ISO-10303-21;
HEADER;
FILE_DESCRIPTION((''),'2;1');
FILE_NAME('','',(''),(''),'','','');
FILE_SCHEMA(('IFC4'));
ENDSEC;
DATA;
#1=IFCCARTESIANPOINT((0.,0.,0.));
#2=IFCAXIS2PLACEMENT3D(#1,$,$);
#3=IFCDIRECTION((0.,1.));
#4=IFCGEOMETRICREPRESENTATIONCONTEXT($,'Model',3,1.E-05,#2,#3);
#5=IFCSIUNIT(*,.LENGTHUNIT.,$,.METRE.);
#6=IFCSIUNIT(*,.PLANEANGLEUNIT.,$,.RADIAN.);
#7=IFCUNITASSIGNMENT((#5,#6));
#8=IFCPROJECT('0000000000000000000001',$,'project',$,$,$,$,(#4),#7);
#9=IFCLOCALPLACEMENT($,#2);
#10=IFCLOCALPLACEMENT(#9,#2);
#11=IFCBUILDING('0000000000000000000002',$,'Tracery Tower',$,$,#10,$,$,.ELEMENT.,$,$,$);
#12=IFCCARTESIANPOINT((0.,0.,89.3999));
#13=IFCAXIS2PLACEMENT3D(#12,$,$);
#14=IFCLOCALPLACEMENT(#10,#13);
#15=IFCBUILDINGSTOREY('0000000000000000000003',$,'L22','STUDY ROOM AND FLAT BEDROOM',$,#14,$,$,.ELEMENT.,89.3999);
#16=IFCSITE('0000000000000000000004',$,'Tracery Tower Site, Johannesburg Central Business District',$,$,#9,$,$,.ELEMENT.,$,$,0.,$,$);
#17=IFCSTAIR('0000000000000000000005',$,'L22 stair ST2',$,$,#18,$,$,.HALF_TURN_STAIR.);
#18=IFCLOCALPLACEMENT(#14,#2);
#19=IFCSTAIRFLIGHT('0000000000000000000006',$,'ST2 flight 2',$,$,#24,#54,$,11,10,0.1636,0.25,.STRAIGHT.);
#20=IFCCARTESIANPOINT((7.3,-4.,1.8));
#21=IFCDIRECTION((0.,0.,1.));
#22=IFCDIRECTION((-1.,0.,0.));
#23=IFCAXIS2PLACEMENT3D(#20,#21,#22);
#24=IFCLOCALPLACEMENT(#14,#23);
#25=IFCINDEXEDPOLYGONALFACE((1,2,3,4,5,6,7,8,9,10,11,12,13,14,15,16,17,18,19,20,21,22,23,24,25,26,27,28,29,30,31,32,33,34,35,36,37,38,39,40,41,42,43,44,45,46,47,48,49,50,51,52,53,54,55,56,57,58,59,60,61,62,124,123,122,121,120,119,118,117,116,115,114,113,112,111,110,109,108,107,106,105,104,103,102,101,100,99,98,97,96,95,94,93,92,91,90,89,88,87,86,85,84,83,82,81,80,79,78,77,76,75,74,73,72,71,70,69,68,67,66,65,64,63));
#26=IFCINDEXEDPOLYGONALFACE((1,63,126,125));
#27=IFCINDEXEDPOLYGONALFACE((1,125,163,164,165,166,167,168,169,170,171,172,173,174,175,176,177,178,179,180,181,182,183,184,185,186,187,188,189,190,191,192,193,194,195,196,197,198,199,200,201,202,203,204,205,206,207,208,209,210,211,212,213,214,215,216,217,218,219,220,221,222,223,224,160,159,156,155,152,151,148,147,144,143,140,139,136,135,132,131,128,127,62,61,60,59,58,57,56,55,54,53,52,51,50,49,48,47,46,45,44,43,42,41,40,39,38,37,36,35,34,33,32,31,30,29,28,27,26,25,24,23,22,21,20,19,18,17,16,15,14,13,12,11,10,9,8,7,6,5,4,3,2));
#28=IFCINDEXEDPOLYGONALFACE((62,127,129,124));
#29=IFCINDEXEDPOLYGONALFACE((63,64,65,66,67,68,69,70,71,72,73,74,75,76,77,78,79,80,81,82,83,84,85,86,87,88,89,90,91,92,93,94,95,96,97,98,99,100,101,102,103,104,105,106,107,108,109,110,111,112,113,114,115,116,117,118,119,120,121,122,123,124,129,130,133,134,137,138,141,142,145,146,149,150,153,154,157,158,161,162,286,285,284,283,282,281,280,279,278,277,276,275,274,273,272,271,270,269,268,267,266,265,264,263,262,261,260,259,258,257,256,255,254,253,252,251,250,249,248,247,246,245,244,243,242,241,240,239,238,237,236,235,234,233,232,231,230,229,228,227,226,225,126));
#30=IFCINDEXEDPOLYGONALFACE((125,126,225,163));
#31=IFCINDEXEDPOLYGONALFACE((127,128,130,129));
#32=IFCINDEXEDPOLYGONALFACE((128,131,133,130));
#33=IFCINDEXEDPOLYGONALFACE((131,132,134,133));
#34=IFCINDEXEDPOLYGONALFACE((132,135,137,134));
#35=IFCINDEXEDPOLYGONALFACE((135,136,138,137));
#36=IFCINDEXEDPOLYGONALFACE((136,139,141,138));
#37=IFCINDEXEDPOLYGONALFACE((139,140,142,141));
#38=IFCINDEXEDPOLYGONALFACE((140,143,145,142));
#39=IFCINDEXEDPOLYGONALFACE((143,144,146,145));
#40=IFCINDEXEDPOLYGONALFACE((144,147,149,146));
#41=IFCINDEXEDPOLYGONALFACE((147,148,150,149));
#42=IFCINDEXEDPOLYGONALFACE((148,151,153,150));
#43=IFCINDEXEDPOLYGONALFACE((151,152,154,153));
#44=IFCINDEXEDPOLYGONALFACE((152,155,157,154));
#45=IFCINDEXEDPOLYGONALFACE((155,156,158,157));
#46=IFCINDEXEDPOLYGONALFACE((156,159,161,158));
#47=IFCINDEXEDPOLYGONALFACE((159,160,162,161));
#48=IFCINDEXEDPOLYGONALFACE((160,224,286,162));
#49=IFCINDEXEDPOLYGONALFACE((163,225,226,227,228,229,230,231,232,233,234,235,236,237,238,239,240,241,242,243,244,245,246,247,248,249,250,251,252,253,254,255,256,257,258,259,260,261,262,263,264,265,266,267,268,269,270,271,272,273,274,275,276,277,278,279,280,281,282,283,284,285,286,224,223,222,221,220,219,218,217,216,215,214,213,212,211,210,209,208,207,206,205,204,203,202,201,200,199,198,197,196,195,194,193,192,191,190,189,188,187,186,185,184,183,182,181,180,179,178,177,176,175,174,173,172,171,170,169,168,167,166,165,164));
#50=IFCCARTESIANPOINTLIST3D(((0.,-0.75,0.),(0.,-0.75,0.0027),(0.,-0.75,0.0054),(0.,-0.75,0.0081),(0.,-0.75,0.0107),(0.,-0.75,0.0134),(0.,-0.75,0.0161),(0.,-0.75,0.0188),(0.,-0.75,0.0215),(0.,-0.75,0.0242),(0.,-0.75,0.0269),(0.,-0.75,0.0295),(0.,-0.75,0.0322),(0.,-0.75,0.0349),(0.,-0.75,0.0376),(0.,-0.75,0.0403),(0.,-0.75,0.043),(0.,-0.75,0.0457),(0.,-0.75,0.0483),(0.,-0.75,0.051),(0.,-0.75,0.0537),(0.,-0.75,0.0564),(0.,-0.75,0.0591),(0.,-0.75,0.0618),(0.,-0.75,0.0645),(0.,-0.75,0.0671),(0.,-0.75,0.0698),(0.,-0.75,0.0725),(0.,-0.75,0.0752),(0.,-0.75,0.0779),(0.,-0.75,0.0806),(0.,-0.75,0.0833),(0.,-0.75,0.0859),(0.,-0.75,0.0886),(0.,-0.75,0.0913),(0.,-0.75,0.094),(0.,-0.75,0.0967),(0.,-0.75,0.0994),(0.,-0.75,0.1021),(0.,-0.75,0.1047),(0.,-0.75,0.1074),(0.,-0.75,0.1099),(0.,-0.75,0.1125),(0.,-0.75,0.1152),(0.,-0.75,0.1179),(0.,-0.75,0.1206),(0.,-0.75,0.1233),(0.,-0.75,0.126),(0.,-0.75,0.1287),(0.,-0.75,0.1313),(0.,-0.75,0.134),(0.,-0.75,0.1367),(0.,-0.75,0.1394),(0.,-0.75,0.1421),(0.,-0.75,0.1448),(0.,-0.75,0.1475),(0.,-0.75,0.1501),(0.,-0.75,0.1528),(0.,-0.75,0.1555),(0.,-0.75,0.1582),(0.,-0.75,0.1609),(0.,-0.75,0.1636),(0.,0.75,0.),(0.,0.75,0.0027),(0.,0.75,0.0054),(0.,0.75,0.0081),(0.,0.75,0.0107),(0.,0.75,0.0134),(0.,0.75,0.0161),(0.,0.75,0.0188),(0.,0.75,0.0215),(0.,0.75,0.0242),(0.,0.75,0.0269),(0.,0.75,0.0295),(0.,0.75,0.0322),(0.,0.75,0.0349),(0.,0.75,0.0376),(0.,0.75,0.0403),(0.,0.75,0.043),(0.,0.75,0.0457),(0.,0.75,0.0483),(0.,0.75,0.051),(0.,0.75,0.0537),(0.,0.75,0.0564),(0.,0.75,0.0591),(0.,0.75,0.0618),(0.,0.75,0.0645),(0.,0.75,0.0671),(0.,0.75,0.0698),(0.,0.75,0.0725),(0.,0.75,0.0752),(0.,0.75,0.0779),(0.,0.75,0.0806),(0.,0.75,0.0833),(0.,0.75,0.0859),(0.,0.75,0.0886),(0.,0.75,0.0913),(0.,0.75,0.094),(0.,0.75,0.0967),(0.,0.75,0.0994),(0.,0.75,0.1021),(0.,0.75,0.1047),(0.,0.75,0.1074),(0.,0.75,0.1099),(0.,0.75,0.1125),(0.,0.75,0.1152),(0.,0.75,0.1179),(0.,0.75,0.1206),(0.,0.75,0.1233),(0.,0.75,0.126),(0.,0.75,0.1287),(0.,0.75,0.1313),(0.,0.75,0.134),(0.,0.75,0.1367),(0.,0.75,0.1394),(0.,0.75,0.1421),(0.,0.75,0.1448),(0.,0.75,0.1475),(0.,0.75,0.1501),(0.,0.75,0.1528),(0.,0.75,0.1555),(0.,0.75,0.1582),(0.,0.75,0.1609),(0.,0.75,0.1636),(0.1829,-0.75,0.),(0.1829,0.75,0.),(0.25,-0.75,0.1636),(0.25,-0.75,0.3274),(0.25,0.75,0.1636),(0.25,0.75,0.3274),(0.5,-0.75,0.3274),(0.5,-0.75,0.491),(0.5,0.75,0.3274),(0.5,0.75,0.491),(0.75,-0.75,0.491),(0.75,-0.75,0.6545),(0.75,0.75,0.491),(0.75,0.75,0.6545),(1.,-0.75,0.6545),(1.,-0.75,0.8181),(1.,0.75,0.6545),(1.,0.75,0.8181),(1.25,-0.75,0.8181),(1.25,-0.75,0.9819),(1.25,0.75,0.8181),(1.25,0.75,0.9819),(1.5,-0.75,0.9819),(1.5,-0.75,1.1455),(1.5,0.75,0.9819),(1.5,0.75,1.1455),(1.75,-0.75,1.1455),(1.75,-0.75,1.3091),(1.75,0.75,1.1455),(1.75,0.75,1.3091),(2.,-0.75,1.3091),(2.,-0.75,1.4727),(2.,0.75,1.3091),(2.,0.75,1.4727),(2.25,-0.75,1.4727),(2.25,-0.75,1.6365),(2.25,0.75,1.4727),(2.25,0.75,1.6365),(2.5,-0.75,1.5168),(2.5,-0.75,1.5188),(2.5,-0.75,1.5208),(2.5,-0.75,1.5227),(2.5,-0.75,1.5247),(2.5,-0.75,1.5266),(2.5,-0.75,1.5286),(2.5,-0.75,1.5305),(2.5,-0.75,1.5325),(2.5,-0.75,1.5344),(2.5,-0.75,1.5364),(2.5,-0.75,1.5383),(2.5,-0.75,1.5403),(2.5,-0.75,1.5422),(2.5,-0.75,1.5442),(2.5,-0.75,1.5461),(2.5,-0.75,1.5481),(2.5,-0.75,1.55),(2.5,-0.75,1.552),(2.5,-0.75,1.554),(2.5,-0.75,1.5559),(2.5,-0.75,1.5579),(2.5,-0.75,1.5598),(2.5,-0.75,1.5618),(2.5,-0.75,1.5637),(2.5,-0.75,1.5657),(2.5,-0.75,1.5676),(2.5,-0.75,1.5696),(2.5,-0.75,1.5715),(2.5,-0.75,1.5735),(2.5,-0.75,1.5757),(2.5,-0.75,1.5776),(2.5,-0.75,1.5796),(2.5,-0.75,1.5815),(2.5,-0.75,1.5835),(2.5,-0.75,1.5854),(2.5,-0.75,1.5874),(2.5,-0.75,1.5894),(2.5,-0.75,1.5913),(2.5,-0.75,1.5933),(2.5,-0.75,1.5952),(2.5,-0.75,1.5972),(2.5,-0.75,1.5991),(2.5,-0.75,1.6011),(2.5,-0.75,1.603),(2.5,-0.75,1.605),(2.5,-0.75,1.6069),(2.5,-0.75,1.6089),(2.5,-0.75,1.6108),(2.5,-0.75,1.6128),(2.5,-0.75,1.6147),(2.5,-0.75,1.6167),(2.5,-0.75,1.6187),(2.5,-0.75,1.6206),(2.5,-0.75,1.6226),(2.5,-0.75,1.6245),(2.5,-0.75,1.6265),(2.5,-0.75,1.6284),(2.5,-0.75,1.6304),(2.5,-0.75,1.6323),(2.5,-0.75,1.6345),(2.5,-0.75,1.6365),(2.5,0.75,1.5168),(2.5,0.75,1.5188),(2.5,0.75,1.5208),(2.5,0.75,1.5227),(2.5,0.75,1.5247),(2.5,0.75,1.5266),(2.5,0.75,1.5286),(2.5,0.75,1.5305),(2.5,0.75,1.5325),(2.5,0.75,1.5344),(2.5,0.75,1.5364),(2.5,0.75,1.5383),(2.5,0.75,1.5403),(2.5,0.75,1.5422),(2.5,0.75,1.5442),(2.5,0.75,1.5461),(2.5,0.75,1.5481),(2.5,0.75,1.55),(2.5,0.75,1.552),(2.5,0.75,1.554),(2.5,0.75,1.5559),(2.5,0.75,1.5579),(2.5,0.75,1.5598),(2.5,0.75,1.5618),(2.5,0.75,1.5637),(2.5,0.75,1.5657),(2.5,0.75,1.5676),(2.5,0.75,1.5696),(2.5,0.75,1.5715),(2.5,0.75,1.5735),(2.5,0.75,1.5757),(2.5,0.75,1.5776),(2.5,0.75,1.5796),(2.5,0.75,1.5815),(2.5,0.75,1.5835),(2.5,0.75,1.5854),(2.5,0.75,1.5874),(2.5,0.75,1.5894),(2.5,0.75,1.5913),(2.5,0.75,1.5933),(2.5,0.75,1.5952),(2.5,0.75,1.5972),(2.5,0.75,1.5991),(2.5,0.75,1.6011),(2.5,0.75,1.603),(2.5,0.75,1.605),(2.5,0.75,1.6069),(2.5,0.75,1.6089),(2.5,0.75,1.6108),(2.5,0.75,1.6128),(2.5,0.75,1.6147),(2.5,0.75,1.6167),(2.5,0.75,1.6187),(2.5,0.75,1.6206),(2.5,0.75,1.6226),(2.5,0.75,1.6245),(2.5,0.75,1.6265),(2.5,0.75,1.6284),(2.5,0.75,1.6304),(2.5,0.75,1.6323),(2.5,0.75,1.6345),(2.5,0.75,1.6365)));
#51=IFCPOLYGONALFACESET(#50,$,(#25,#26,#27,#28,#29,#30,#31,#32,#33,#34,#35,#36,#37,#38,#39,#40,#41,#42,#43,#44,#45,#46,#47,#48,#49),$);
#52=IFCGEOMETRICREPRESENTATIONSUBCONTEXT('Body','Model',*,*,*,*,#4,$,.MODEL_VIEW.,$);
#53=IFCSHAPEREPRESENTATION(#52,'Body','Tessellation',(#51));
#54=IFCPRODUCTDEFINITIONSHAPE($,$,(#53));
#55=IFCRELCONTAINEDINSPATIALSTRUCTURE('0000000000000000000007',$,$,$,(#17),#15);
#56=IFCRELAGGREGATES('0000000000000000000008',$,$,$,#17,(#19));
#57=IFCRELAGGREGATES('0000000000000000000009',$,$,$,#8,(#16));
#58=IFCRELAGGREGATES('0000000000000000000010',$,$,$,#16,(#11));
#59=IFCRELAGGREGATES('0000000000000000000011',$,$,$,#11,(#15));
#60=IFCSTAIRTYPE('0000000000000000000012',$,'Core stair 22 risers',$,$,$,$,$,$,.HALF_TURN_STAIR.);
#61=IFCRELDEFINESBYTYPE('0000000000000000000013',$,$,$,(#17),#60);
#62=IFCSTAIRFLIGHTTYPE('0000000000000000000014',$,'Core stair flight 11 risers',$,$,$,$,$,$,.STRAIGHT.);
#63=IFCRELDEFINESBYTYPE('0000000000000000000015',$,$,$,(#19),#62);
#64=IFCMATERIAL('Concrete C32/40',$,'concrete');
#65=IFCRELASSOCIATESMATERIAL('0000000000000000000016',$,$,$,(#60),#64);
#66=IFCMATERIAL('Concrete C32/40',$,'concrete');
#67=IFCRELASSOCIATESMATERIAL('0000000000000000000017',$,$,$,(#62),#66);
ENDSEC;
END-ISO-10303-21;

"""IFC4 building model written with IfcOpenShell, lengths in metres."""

from ifc_helpers import new_model, si_unit, direction, frame, origin, place, context, subcontext, project, spatial, polyline, outline, extrude, material, type_object, element, aggregate, save


model = new_model("IFC4")

# Units and contexts
model_context = context("Model", 3, precision=1e-05, world=origin(), true_north=direction((0.0, 1.0)))
body_context = subcontext(model_context, "Body", "Model", "MODEL_VIEW")
ifc_project = project(units=[si_unit("LENGTHUNIT", "METRE"), si_unit("PLANEANGLEUNIT", "RADIAN")], contexts=[model_context])

# Site, building, storey
site_placement = place(None, origin())
site = spatial("IfcSite", under=ifc_project, at=site_placement, Name="Tracery Tower Site, Johannesburg Central Business District", CompositionType="ELEMENT", RefElevation=0.0)
building_placement = place(site_placement, origin())
building = spatial("IfcBuilding", under=site, at=building_placement, Name="Tracery Tower", CompositionType="ELEMENT")
storey_placement = place(building_placement, frame((0.0, 0.0, 89.3999)))
storey = spatial("IfcBuildingStorey", under=building, at=storey_placement, Name="L22", Description="STUDY ROOM AND FLAT BEDROOM", CompositionType="ELEMENT", Elevation=89.3999)

# Stair
ifc_material_1 = material(Name="Concrete C32/40", Category="concrete")
stair_type = type_object("IfcStairType", Name="Core stair 22 risers", PredefinedType="HALF_TURN_STAIR", material=ifc_material_1)
stair_1_placement = place(storey_placement, origin())
stair_1 = element("IfcStair", 1, at=stair_1_placement, inside=storey, type_object=stair_type, Name="L22 stair ST2", PredefinedType="HALF_TURN_STAIR")

# Stair flight
ifc_material_2 = material(Name="Concrete C32/40", Category="concrete")
stair_flight_type = type_object("IfcStairFlightType", Name="Core stair flight 11 risers", PredefinedType="STRAIGHT", material=ifc_material_2)
stair_flight_1_placement = place(storey_placement, frame((7.3, -4.0, 1.8), z_axis=(0.0, 0.0, 1.0), x_axis=(-1.0, 0.0, 0.0)))
stair_flight_1 = element("IfcStairFlight", 2, at=stair_flight_1_placement, type_object=stair_flight_type, Name="ST2 flight 2", NumberOfRisers=11, NumberOfTreads=10, PredefinedType="STRAIGHT", RiserHeight=0.1636, TreadLength=0.25, context=body_context, shape_type="SweptSolid", body=[
    extrude(outline(polyline([(0.0, 0.0), (0.0, 0.0027), (0.0, 0.0054), (0.0, 0.0081), (0.0, 0.0107), (0.0, 0.0134), (0.0, 0.0161), (0.0, 0.0188), (0.0, 0.0215), (0.0, 0.0242), (0.0, 0.0269), (0.0, 0.0295), (0.0, 0.0322), (0.0, 0.0349), (0.0, 0.0376), (0.0, 0.0403), (0.0, 0.043), (0.0, 0.0457), (0.0, 0.0483), (0.0, 0.051), (0.0, 0.0537), (0.0, 0.0564), (0.0, 0.0591), (0.0, 0.0618), (0.0, 0.0645), (0.0, 0.0671), (0.0, 0.0698), (0.0, 0.0725), (0.0, 0.0752), (0.0, 0.0779), (0.0, 0.0806), (0.0, 0.0833), (0.0, 0.0859), (0.0, 0.0886), (0.0, 0.0913), (0.0, 0.094), (0.0, 0.0967), (0.0, 0.0994), (0.0, 0.1021), (0.0, 0.1047), (0.0, 0.1074), (0.0, 0.1099), (0.0, 0.1125), (0.0, 0.1152), (0.0, 0.1179), (0.0, 0.1206), (0.0, 0.1233), (0.0, 0.126), (0.0, 0.1287), (0.0, 0.1313), (0.0, 0.134), (0.0, 0.1367), (0.0, 0.1394), (0.0, 0.1421), (0.0, 0.1448), (0.0, 0.1475), (0.0, 0.1501), (0.0, 0.1528), (0.0, 0.1555), (0.0, 0.1582), (0.0, 0.1609), (0.0, 0.1636), (0.25, 0.1636), (0.25, 0.3274), (0.5, 0.3274), (0.5, 0.491), (0.75, 0.491), (0.75, 0.6545), (1.0, 0.6545), (1.0, 0.8181), (1.25, 0.8181), (1.25, 0.9819), (1.5, 0.9819), (1.5, 1.1455), (1.75, 1.1455), (1.75, 1.3091), (2.0, 1.3091), (2.0, 1.4727), (2.25, 1.4727), (2.25, 1.6365), (2.5, 1.6365), (2.5, 1.6345), (2.5, 1.6323), (2.5, 1.6304), (2.5, 1.6284), (2.5, 1.6265), (2.5, 1.6245), (2.5, 1.6226), (2.5, 1.6206), (2.5, 1.6187), (2.5, 1.6167), (2.5, 1.6147), (2.5, 1.6128), (2.5, 1.6108), (2.5, 1.6089), (2.5, 1.6069), (2.5, 1.605), (2.5, 1.603), (2.5, 1.6011), (2.5, 1.5991), (2.5, 1.5972), (2.5, 1.5952), (2.5, 1.5933), (2.5, 1.5913), (2.5, 1.5894), (2.5, 1.5874), (2.5, 1.5854), (2.5, 1.5835), (2.5, 1.5815), (2.5, 1.5796), (2.5, 1.5776), (2.5, 1.5757), (2.5, 1.5735), (2.5, 1.5715), (2.5, 1.5696), (2.5, 1.5676), (2.5, 1.5657), (2.5, 1.5637), (2.5, 1.5618), (2.5, 1.5598), (2.5, 1.5579), (2.5, 1.5559), (2.5, 1.554), (2.5, 1.552), (2.5, 1.55), (2.5, 1.5481), (2.5, 1.5461), (2.5, 1.5442), (2.5, 1.5422), (2.5, 1.5403), (2.5, 1.5383), (2.5, 1.5364), (2.5, 1.5344), (2.5, 1.5325), (2.5, 1.5305), (2.5, 1.5286), (2.5, 1.5266), (2.5, 1.5247), (2.5, 1.5227), (2.5, 1.5208), (2.5, 1.5188), (2.5, 1.5168), (0.1829, 0.0), (0.0, 0.0)])), frame((0.0, 0.75, 0.0), z_axis=(0.0, -1.0, 0.0), x_axis=(1.0, 0.0, 0.0)), (0.0, 0.0, 1.0), 1.5),
])
aggregate(stair_1, [stair_flight_1])

save(model, "model.ifc")
